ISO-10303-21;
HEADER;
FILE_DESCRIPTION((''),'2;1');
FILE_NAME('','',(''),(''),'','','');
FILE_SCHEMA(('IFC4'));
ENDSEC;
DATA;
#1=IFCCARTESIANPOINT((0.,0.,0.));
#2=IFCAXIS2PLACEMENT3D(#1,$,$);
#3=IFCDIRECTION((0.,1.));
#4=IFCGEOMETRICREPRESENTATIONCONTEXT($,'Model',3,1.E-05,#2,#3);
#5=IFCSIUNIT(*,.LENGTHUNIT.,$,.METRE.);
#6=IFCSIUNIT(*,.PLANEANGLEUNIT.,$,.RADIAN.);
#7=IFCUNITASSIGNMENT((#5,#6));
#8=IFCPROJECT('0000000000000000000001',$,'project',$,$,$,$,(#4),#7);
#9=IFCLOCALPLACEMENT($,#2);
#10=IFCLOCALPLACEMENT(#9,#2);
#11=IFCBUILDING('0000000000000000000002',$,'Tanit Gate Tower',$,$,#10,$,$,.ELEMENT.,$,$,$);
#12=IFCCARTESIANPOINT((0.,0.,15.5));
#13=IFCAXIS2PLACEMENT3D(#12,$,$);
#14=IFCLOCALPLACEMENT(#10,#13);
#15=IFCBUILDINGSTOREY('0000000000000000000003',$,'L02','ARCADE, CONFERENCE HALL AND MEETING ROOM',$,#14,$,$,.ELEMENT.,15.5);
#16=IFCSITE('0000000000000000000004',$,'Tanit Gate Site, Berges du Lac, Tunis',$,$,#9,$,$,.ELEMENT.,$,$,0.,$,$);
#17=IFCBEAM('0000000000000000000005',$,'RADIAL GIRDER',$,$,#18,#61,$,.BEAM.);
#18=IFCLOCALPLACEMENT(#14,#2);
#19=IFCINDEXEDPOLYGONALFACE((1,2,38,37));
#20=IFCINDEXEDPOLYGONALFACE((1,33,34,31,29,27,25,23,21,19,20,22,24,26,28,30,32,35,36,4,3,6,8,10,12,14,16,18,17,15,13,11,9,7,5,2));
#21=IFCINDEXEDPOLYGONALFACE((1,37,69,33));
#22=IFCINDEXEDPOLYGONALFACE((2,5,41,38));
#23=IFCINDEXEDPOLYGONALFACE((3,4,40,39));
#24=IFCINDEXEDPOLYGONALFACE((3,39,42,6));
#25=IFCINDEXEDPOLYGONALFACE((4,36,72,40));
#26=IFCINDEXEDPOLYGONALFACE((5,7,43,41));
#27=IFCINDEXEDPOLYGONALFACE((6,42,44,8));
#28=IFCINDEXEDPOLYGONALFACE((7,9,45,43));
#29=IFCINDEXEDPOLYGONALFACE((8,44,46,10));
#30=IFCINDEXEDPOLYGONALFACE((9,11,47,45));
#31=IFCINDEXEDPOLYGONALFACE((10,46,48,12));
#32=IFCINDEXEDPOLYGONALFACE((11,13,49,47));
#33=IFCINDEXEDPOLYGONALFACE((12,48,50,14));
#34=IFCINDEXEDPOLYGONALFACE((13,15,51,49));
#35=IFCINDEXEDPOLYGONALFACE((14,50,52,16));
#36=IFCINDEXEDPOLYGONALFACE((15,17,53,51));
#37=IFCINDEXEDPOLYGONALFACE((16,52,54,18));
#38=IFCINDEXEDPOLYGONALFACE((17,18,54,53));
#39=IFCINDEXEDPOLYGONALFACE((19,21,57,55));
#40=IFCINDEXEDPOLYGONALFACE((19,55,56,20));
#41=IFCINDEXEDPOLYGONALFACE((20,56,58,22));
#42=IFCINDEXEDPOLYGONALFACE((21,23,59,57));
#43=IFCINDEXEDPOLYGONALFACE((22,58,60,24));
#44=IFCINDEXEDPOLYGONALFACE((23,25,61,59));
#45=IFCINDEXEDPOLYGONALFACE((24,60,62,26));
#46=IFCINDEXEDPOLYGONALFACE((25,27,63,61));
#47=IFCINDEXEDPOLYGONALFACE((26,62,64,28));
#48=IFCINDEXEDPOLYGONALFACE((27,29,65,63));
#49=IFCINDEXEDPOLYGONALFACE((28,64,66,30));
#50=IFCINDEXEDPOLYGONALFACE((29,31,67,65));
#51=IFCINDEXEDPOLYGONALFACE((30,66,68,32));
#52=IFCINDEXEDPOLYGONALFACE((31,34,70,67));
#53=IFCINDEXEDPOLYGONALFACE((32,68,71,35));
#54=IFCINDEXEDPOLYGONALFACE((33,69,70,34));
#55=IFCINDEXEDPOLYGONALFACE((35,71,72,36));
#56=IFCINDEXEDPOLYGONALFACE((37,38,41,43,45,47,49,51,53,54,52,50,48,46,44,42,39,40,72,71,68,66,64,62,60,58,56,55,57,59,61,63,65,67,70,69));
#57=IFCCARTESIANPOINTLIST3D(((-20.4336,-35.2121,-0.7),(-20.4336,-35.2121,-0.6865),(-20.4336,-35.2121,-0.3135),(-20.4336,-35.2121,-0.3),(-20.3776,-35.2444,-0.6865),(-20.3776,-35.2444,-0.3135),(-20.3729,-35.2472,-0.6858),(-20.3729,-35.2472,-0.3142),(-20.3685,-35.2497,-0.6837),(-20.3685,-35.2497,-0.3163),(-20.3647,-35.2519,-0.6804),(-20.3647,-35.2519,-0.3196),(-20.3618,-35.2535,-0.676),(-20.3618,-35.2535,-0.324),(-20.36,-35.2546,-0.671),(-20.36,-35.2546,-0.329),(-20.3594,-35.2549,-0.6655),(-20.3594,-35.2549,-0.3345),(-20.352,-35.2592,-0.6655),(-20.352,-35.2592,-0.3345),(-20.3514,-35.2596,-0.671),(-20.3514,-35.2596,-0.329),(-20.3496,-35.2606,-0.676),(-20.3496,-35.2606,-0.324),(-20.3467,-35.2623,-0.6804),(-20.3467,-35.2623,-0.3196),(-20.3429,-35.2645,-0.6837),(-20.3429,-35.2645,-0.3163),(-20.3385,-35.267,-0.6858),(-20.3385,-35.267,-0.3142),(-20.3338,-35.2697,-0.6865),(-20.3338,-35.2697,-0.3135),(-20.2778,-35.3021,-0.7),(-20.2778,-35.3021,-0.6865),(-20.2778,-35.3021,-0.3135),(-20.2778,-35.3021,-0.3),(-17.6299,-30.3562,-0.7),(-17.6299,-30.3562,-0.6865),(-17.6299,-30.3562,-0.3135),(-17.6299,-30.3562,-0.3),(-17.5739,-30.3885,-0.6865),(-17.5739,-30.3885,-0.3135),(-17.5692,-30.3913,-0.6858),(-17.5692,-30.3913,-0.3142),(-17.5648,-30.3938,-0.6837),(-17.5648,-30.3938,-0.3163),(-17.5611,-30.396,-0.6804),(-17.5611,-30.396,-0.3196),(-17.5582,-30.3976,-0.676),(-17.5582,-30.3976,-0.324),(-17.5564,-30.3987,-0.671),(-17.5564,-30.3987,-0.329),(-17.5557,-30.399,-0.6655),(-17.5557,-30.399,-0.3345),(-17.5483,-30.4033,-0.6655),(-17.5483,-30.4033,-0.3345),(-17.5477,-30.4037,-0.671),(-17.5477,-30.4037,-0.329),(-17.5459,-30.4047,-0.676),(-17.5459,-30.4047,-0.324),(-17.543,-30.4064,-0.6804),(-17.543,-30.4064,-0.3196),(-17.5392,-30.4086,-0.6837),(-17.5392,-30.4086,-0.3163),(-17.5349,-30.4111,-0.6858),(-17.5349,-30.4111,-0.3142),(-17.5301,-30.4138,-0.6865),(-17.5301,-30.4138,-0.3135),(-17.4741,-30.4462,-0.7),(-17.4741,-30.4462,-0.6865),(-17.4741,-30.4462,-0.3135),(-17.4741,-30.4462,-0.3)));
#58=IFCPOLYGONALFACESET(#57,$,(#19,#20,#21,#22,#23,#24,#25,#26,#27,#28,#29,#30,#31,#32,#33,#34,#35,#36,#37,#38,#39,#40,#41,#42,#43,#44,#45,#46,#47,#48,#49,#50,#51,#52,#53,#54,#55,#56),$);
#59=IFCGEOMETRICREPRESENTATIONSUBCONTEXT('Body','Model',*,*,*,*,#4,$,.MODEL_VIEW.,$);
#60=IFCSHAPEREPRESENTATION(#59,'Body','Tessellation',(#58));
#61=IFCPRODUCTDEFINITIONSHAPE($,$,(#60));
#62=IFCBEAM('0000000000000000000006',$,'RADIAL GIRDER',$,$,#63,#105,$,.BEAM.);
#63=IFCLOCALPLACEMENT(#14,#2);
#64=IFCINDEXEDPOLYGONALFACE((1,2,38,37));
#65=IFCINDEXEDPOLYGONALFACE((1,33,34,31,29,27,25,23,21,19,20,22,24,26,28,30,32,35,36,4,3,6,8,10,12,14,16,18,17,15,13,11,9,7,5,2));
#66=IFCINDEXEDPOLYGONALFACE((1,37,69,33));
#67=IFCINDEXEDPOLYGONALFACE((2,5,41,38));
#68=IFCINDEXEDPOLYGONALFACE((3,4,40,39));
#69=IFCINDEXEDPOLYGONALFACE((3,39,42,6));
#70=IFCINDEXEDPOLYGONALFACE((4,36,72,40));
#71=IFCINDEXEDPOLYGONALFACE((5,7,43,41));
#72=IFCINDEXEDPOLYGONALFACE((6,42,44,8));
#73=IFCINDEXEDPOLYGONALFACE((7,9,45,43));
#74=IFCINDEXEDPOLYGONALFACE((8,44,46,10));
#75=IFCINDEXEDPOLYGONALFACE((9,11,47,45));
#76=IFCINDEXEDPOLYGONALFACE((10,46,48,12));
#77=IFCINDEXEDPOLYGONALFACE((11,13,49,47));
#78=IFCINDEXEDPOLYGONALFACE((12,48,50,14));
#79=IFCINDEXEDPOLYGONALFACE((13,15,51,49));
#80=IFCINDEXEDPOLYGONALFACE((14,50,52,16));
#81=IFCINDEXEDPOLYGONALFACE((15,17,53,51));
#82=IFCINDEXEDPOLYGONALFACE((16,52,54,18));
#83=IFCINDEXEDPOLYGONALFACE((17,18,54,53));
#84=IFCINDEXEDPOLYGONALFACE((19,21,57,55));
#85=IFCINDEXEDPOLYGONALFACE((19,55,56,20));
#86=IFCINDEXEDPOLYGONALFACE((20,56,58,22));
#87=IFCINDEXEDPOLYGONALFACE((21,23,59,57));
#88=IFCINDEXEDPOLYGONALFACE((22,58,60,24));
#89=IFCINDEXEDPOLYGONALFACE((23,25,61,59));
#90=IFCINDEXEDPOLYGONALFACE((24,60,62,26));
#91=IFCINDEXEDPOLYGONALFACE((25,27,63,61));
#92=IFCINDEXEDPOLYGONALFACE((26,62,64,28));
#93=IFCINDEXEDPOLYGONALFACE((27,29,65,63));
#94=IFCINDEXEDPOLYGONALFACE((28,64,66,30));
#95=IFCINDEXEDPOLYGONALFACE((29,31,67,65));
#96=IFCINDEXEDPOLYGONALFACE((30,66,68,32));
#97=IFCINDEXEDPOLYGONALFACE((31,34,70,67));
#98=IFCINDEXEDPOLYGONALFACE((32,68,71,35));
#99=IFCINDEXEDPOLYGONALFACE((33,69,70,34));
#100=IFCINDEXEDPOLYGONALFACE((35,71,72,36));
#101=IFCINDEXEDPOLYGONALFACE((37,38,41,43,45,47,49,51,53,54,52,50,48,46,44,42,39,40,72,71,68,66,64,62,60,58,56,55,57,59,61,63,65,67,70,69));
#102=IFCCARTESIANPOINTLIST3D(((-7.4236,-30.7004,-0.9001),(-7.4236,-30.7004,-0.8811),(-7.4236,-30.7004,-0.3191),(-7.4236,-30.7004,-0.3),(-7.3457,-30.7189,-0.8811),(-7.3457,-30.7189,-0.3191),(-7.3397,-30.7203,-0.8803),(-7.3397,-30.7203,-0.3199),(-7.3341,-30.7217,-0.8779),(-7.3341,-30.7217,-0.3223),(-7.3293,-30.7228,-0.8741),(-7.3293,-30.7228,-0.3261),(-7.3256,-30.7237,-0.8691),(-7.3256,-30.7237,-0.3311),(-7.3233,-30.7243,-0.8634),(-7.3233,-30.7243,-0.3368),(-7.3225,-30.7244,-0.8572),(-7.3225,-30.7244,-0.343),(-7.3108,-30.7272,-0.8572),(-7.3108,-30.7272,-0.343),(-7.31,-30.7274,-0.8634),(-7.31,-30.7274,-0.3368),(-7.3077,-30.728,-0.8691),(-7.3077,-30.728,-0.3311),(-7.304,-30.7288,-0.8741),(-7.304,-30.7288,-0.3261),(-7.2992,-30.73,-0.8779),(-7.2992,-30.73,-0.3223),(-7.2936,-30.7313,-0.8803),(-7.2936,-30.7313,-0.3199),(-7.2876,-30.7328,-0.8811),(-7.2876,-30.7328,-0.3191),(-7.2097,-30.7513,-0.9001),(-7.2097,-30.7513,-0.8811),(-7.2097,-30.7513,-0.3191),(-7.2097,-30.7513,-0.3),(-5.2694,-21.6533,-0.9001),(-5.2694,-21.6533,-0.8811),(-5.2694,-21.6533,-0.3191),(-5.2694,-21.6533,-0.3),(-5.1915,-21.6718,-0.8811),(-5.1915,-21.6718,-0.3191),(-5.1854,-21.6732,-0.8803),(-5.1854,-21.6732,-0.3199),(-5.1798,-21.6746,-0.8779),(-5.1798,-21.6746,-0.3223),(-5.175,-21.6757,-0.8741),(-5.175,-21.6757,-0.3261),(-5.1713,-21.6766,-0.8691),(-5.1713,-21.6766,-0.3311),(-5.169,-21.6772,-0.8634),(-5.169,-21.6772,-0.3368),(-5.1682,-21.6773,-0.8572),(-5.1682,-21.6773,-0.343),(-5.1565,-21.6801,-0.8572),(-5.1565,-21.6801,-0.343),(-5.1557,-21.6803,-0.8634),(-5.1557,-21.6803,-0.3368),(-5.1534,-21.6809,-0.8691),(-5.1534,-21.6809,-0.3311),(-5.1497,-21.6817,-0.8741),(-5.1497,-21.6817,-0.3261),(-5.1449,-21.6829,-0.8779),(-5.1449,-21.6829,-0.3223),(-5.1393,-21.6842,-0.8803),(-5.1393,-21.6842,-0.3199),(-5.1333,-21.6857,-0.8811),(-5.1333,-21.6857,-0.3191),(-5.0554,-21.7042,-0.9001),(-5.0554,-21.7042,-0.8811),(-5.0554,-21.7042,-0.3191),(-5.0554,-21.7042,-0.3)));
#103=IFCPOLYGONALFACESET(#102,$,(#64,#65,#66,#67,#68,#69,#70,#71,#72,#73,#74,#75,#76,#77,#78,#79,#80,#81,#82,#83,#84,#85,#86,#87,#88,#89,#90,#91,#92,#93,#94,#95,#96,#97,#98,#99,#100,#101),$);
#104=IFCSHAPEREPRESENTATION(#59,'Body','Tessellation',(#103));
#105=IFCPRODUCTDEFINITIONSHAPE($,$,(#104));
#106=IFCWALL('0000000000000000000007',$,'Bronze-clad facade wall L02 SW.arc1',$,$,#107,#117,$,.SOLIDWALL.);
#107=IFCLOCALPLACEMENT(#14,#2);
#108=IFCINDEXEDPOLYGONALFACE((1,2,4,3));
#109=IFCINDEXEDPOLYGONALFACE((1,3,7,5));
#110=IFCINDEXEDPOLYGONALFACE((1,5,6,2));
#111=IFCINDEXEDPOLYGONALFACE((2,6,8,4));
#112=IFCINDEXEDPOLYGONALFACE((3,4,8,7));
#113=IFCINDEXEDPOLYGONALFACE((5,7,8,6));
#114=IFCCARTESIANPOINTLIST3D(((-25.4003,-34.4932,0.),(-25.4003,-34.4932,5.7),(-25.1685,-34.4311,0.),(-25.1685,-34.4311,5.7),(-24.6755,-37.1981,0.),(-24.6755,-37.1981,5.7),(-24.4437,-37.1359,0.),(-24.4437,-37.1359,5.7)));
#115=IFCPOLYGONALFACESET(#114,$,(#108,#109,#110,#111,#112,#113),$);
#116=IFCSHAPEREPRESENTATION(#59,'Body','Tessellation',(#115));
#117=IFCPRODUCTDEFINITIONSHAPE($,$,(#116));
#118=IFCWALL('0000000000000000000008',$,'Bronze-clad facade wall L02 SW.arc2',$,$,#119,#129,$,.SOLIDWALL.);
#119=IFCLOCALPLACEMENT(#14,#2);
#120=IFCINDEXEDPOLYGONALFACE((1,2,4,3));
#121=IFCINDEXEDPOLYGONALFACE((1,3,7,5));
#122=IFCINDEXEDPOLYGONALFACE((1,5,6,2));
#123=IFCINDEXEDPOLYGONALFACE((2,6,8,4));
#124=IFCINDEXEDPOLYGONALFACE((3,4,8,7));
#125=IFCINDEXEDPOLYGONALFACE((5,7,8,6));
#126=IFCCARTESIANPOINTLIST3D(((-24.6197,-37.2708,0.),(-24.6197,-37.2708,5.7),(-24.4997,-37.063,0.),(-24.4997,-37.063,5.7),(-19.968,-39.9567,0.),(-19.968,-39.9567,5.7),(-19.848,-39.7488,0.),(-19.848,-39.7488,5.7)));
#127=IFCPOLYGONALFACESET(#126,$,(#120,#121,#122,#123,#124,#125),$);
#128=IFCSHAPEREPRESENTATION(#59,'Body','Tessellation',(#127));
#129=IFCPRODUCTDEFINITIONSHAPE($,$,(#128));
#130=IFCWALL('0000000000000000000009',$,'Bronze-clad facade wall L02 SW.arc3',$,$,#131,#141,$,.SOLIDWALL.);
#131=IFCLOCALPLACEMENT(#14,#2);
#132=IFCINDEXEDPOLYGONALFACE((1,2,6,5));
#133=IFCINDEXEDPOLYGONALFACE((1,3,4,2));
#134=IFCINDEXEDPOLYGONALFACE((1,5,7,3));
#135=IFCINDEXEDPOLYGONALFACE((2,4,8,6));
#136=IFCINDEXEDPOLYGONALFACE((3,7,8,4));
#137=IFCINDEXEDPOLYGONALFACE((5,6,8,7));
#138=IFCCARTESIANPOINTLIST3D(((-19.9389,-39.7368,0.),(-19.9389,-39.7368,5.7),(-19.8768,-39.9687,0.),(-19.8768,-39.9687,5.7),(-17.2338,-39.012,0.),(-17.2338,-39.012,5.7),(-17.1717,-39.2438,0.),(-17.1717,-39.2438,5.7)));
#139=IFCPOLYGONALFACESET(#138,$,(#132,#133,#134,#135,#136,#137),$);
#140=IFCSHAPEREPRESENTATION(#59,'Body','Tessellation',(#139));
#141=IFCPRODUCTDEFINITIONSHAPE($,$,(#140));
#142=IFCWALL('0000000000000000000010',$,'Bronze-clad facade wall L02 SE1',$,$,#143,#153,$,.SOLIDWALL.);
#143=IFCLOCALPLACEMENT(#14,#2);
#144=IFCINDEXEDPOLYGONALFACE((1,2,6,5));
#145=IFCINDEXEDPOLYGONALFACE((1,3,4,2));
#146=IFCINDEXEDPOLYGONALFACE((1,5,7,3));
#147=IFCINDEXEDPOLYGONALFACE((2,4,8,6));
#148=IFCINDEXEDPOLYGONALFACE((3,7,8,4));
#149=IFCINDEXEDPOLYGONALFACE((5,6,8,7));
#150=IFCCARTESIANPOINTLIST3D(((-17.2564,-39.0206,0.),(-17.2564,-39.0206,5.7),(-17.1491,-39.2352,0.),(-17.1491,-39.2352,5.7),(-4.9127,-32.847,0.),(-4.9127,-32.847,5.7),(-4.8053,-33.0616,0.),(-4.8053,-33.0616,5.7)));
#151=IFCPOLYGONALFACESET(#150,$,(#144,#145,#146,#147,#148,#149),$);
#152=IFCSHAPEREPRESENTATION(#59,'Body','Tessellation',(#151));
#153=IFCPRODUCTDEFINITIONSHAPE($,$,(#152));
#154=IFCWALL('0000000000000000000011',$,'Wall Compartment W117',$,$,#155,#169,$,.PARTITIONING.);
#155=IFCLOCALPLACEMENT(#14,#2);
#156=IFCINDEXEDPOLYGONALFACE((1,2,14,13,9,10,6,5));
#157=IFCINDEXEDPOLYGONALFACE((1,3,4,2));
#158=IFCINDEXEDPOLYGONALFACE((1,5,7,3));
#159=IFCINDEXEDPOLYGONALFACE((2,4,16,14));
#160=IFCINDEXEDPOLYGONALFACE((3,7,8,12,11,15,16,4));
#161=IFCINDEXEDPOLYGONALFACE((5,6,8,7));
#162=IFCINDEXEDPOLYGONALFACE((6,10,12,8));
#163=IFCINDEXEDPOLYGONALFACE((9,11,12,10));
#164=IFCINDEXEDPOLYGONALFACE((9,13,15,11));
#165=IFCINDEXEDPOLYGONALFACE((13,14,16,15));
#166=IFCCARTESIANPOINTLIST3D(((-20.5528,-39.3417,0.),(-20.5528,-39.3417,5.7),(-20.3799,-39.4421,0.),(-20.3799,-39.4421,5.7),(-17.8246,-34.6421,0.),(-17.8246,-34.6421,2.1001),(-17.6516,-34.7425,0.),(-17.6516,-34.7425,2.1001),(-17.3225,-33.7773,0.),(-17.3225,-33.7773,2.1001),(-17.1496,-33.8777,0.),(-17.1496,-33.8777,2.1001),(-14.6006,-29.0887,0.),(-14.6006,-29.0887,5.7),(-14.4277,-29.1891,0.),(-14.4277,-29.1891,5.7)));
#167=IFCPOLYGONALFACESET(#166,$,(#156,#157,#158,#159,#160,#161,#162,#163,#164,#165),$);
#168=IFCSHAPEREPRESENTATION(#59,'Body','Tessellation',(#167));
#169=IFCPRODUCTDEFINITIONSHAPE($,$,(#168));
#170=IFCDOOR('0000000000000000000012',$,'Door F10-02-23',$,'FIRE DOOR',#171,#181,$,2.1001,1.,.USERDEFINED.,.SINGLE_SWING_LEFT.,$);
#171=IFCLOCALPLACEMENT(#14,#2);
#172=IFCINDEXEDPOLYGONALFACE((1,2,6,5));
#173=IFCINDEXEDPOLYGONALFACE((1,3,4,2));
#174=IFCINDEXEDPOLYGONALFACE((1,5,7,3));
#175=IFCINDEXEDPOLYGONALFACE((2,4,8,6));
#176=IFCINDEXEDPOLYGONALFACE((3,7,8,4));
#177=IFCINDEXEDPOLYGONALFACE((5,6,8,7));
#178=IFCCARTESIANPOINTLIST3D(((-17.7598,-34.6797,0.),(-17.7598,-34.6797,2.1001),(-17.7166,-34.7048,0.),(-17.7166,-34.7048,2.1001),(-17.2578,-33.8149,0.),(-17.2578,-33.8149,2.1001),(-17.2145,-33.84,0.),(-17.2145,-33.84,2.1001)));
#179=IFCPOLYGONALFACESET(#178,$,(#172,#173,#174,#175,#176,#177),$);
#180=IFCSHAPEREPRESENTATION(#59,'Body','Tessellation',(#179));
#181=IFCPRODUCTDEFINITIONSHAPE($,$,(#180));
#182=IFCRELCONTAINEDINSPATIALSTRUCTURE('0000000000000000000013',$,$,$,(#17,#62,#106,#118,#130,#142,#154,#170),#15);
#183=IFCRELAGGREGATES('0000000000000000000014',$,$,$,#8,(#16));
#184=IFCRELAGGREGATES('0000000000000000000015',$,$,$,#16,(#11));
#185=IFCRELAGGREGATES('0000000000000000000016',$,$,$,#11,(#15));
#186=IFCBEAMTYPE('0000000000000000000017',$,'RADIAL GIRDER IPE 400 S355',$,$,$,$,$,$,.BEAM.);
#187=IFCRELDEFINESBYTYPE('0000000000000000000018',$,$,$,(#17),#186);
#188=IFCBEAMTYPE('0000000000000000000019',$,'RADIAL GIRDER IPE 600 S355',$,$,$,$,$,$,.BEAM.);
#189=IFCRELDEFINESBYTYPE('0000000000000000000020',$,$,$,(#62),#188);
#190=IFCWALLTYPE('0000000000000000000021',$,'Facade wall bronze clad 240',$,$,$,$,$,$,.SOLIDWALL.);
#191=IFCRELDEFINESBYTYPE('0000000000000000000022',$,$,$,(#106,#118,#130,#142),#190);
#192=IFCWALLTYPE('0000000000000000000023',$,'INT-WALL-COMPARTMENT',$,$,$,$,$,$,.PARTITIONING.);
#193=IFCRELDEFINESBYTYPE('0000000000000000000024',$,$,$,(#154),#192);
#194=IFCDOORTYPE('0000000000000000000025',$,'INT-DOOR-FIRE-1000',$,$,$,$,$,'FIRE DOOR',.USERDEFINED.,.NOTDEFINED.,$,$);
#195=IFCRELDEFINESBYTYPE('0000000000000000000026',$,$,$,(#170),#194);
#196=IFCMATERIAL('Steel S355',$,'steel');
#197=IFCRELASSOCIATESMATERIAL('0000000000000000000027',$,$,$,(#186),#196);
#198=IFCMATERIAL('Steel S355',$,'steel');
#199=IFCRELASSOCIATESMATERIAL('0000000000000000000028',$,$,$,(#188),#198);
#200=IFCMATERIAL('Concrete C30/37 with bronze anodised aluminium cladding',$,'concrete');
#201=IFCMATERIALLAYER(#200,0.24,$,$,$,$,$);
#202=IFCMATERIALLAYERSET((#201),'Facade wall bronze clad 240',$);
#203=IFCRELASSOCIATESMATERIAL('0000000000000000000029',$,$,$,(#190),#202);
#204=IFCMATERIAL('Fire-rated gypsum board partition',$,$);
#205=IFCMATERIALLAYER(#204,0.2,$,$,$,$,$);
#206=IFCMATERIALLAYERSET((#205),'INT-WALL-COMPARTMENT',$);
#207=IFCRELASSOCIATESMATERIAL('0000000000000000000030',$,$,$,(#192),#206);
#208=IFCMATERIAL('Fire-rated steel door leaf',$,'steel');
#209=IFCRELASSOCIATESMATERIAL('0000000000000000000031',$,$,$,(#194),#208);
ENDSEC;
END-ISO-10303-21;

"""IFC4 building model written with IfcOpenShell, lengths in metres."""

from ifc_helpers import new_model, si_unit, direction, frame, frame_2d, origin, origin_2d, place, context, subcontext, project, spatial, rectangle, i_section, extrude, material, layer, layer_set, material_profile, profile_set, type_object, element, fill, save


model = new_model("IFC4")

# Units and contexts
model_context = context("Model", 3, precision=1e-05, world=origin(), true_north=direction((0.0, 1.0)))
body_context = subcontext(model_context, "Body", "Model", "MODEL_VIEW")
ifc_project = project(units=[si_unit("LENGTHUNIT", "METRE"), si_unit("PLANEANGLEUNIT", "RADIAN")], contexts=[model_context])

# Site, building, storey
site_placement = place(None, origin())
site = spatial("IfcSite", under=ifc_project, at=site_placement, Name="Tanit Gate Site, Berges du Lac, Tunis", CompositionType="ELEMENT", RefElevation=0.0)
building_placement = place(site_placement, origin())
building = spatial("IfcBuilding", under=site, at=building_placement, Name="Tanit Gate Tower", CompositionType="ELEMENT")
storey_placement = place(building_placement, frame((0.0, 0.0, 15.5)))
storey = spatial("IfcBuildingStorey", under=building, at=storey_placement, Name="L02", Description="ARCADE, CONFERENCE HALL AND MEETING ROOM", CompositionType="ELEMENT", Elevation=15.5)

# Beams
ifc_material_1 = material(Name="Steel S355", Category="steel")
ifc_material_profile_1 = material_profile(ifc_material_1, i_section(OverallWidth=0.1799, OverallDepth=0.3999, WebThickness=0.0085, FlangeThickness=0.0134, FilletRadius=0.021, at=origin_2d()), Name="IPE 400")
ifc_profile_set_1 = profile_set([ifc_material_profile_1], Name="Steel S355")
beam_type_1 = type_object("IfcBeamType", Name="RADIAL GIRDER IPE 400 S355", PredefinedType="BEAM", material=ifc_profile_set_1)
beam_1_placement = place(storey_placement, frame((-20.3557, -35.2571, -0.5), z_axis=(0.500016, 0.866016, 0.0), x_axis=(-0.866016, 0.500016, 0.0)))
element("IfcBeam", 1, at=beam_1_placement, inside=storey, type_object=beam_type_1, Name="RADIAL GIRDER", PredefinedType="BEAM", context=body_context, shape_type="SweptSolid", body=[
    extrude(i_section(OverallWidth=0.1799, OverallDepth=0.3999, WebThickness=0.0085, FlangeThickness=0.0134, FilletRadius=0.021, at=origin_2d()), origin(), (0.0, 0.0, 1.0), 5.6072),
])
ifc_material_2 = material(Name="Steel S355", Category="steel")
ifc_material_profile_2 = material_profile(ifc_material_2, i_section(OverallWidth=0.22, OverallDepth=0.6001, WebThickness=0.012, FlangeThickness=0.019, FilletRadius=0.0239, at=origin_2d()), Name="IPE 600")
ifc_profile_set_2 = profile_set([ifc_material_profile_2], Name="Steel S355")
beam_type_2 = type_object("IfcBeamType", Name="RADIAL GIRDER IPE 600 S355", PredefinedType="BEAM", material=ifc_profile_set_2)
beam_2_placement = place(storey_placement, frame((-7.3167, -30.7258, -0.6001), z_axis=(0.231643, 0.972801, 0.0), x_axis=(-0.972801, 0.231643, 0.0)))
element("IfcBeam", 2, at=beam_2_placement, inside=storey, type_object=beam_type_2, Name="RADIAL GIRDER", PredefinedType="BEAM", context=body_context, shape_type="SweptSolid", body=[
    extrude(i_section(OverallWidth=0.22, OverallDepth=0.6001, WebThickness=0.012, FlangeThickness=0.019, FilletRadius=0.0239, at=origin_2d()), origin(), (0.0, 0.0, 1.0), 9.3),
])

# Walls
ifc_material_3 = material(Name="Concrete C30/37 with bronze anodised aluminium cladding", Category="concrete")
ifc_layer_1 = layer(ifc_material_3, 0.24)
ifc_layer_set_1 = layer_set([ifc_layer_1], Name="Facade wall bronze clad 240")
wall_type_1 = type_object("IfcWallType", Name="Facade wall bronze clad 240", PredefinedType="SOLIDWALL", material=ifc_layer_set_1)
wall_1_placement = place(storey_placement, frame((-25.2844, -34.4622, 0.0), z_axis=(0.0, 0.0, 1.0), x_axis=(0.258851, -0.965917, 0.0)))
element("IfcWall", 3, at=wall_1_placement, inside=storey, type_object=wall_type_1, Name="Bronze-clad facade wall L02 SW.arc1", PredefinedType="SOLIDWALL", context=body_context, shape_type="SweptSolid", body=[
    extrude(rectangle(XDim=2.8003, YDim=0.24, at=frame_2d((1.4001, 0.0))), origin(), (0.0, 0.0, 1.0), 5.7),
])
wall_2_placement = place(storey_placement, frame((-24.5596, -37.167, 0.0), z_axis=(0.0, 0.0, 1.0), x_axis=(0.866011, -0.500025, 0.0)))
element("IfcWall", 4, at=wall_2_placement, inside=storey, type_object=wall_type_1, Name="Bronze-clad facade wall L02 SW.arc2", PredefinedType="SOLIDWALL", context=body_context, shape_type="SweptSolid", body=[
    extrude(rectangle(XDim=5.3713, YDim=0.24, at=frame_2d((2.6855, 0.0))), origin(), (0.0, 0.0, 1.0), 5.7),
])
wall_3_placement = place(storey_placement, frame((-19.908, -39.8528, 0.0), z_axis=(0.0, 0.0, 1.0), x_axis=(0.965923, 0.258829, 0.0)))
element("IfcWall", 5, at=wall_3_placement, inside=storey, type_object=wall_type_1, Name="Bronze-clad facade wall L02 SW.arc3", PredefinedType="SOLIDWALL", context=body_context, shape_type="SweptSolid", body=[
    extrude(rectangle(XDim=2.8005, YDim=0.24, at=frame_2d((1.4004, 0.0))), origin(), (0.0, 0.0, 1.0), 5.7),
])
wall_4_placement = place(storey_placement, frame((-17.2029, -39.1279, 0.0), z_axis=(0.0, 0.0, 1.0), x_axis=(0.894378, 0.447313, 0.0)))
element("IfcWall", 6, at=wall_4_placement, inside=storey, type_object=wall_type_1, Name="Bronze-clad facade wall L02 SE1", PredefinedType="SOLIDWALL", context=body_context, shape_type="SweptSolid", body=[
    extrude(rectangle(XDim=13.8015, YDim=0.24, at=frame_2d((6.9009, 0.0))), origin(), (0.0, 0.0, 1.0), 5.7),
])

# Wall, opening, door
ifc_material_4 = material(Name="Fire-rated gypsum board partition")
ifc_layer_2 = layer(ifc_material_4, 0.2)
ifc_layer_set_2 = layer_set([ifc_layer_2], Name="INT-WALL-COMPARTMENT")
wall_type_2 = type_object("IfcWallType", Name="INT-WALL-COMPARTMENT", PredefinedType="PARTITIONING", material=ifc_layer_set_2)
wall_5_placement = place(storey_placement, frame((-14.5142, -29.1389, 0.0), z_axis=(0.0, 0.0, 1.0), x_axis=(-0.502062, -0.864832, 0.0)))
wall_5 = element("IfcWall", 7, at=wall_5_placement, inside=storey, type_object=wall_type_2, Name="Wall Compartment W117", PredefinedType="PARTITIONING", context=body_context, shape_type="SweptSolid", body=[
    extrude(rectangle(XDim=11.8555, YDim=0.2, at=frame_2d((5.9277, 0.0))), origin(), (0.0, 0.0, 1.0), 5.7),
])
opening_1_placement = place(wall_5_placement, frame((5.4214, 0.0, 0.0)))
opening_1 = element("IfcOpeningElement", 8, at=opening_1_placement, cuts=wall_5, PredefinedType="OPENING", context=body_context, shape_type="SweptSolid", body=[
    extrude(rectangle(XDim=1.0, YDim=2.1001, at=frame_2d((0.5, 1.05))), frame((0.0, 0.1099, 0.0), z_axis=(0.0, -1.0, 0.0), x_axis=(1.0, 0.0, 0.0)), (0.0, 0.0, 1.0), 0.22),
])
ifc_material_5 = material(Name="Fire-rated steel door leaf", Category="steel")
door_type_1 = type_object("IfcDoorType", Name="INT-DOOR-FIRE-1000", ElementType="FIRE DOOR", OperationType="NOTDEFINED", PredefinedType="USERDEFINED", material=ifc_material_5)
door_1_placement = place(opening_1_placement, origin())
door_1 = element("IfcDoor", 9, at=door_1_placement, inside=storey, type_object=door_type_1, Name="Door F10-02-23", ObjectType="FIRE DOOR", OperationType="SINGLE_SWING_LEFT", OverallHeight=2.1001, OverallWidth=1.0, PredefinedType="USERDEFINED", context=body_context, shape_type="SweptSolid", body=[
    extrude(rectangle(XDim=1.0, YDim=2.1001, at=frame_2d((0.5, 1.05))), frame((0.0, 0.0249, 0.0), z_axis=(0.0, -1.0, 0.0), x_axis=(1.0, 0.0, 0.0)), (0.0, 0.0, 1.0), 0.05),
])
fill(opening_1, door_1)

save(model, "model.ifc")
